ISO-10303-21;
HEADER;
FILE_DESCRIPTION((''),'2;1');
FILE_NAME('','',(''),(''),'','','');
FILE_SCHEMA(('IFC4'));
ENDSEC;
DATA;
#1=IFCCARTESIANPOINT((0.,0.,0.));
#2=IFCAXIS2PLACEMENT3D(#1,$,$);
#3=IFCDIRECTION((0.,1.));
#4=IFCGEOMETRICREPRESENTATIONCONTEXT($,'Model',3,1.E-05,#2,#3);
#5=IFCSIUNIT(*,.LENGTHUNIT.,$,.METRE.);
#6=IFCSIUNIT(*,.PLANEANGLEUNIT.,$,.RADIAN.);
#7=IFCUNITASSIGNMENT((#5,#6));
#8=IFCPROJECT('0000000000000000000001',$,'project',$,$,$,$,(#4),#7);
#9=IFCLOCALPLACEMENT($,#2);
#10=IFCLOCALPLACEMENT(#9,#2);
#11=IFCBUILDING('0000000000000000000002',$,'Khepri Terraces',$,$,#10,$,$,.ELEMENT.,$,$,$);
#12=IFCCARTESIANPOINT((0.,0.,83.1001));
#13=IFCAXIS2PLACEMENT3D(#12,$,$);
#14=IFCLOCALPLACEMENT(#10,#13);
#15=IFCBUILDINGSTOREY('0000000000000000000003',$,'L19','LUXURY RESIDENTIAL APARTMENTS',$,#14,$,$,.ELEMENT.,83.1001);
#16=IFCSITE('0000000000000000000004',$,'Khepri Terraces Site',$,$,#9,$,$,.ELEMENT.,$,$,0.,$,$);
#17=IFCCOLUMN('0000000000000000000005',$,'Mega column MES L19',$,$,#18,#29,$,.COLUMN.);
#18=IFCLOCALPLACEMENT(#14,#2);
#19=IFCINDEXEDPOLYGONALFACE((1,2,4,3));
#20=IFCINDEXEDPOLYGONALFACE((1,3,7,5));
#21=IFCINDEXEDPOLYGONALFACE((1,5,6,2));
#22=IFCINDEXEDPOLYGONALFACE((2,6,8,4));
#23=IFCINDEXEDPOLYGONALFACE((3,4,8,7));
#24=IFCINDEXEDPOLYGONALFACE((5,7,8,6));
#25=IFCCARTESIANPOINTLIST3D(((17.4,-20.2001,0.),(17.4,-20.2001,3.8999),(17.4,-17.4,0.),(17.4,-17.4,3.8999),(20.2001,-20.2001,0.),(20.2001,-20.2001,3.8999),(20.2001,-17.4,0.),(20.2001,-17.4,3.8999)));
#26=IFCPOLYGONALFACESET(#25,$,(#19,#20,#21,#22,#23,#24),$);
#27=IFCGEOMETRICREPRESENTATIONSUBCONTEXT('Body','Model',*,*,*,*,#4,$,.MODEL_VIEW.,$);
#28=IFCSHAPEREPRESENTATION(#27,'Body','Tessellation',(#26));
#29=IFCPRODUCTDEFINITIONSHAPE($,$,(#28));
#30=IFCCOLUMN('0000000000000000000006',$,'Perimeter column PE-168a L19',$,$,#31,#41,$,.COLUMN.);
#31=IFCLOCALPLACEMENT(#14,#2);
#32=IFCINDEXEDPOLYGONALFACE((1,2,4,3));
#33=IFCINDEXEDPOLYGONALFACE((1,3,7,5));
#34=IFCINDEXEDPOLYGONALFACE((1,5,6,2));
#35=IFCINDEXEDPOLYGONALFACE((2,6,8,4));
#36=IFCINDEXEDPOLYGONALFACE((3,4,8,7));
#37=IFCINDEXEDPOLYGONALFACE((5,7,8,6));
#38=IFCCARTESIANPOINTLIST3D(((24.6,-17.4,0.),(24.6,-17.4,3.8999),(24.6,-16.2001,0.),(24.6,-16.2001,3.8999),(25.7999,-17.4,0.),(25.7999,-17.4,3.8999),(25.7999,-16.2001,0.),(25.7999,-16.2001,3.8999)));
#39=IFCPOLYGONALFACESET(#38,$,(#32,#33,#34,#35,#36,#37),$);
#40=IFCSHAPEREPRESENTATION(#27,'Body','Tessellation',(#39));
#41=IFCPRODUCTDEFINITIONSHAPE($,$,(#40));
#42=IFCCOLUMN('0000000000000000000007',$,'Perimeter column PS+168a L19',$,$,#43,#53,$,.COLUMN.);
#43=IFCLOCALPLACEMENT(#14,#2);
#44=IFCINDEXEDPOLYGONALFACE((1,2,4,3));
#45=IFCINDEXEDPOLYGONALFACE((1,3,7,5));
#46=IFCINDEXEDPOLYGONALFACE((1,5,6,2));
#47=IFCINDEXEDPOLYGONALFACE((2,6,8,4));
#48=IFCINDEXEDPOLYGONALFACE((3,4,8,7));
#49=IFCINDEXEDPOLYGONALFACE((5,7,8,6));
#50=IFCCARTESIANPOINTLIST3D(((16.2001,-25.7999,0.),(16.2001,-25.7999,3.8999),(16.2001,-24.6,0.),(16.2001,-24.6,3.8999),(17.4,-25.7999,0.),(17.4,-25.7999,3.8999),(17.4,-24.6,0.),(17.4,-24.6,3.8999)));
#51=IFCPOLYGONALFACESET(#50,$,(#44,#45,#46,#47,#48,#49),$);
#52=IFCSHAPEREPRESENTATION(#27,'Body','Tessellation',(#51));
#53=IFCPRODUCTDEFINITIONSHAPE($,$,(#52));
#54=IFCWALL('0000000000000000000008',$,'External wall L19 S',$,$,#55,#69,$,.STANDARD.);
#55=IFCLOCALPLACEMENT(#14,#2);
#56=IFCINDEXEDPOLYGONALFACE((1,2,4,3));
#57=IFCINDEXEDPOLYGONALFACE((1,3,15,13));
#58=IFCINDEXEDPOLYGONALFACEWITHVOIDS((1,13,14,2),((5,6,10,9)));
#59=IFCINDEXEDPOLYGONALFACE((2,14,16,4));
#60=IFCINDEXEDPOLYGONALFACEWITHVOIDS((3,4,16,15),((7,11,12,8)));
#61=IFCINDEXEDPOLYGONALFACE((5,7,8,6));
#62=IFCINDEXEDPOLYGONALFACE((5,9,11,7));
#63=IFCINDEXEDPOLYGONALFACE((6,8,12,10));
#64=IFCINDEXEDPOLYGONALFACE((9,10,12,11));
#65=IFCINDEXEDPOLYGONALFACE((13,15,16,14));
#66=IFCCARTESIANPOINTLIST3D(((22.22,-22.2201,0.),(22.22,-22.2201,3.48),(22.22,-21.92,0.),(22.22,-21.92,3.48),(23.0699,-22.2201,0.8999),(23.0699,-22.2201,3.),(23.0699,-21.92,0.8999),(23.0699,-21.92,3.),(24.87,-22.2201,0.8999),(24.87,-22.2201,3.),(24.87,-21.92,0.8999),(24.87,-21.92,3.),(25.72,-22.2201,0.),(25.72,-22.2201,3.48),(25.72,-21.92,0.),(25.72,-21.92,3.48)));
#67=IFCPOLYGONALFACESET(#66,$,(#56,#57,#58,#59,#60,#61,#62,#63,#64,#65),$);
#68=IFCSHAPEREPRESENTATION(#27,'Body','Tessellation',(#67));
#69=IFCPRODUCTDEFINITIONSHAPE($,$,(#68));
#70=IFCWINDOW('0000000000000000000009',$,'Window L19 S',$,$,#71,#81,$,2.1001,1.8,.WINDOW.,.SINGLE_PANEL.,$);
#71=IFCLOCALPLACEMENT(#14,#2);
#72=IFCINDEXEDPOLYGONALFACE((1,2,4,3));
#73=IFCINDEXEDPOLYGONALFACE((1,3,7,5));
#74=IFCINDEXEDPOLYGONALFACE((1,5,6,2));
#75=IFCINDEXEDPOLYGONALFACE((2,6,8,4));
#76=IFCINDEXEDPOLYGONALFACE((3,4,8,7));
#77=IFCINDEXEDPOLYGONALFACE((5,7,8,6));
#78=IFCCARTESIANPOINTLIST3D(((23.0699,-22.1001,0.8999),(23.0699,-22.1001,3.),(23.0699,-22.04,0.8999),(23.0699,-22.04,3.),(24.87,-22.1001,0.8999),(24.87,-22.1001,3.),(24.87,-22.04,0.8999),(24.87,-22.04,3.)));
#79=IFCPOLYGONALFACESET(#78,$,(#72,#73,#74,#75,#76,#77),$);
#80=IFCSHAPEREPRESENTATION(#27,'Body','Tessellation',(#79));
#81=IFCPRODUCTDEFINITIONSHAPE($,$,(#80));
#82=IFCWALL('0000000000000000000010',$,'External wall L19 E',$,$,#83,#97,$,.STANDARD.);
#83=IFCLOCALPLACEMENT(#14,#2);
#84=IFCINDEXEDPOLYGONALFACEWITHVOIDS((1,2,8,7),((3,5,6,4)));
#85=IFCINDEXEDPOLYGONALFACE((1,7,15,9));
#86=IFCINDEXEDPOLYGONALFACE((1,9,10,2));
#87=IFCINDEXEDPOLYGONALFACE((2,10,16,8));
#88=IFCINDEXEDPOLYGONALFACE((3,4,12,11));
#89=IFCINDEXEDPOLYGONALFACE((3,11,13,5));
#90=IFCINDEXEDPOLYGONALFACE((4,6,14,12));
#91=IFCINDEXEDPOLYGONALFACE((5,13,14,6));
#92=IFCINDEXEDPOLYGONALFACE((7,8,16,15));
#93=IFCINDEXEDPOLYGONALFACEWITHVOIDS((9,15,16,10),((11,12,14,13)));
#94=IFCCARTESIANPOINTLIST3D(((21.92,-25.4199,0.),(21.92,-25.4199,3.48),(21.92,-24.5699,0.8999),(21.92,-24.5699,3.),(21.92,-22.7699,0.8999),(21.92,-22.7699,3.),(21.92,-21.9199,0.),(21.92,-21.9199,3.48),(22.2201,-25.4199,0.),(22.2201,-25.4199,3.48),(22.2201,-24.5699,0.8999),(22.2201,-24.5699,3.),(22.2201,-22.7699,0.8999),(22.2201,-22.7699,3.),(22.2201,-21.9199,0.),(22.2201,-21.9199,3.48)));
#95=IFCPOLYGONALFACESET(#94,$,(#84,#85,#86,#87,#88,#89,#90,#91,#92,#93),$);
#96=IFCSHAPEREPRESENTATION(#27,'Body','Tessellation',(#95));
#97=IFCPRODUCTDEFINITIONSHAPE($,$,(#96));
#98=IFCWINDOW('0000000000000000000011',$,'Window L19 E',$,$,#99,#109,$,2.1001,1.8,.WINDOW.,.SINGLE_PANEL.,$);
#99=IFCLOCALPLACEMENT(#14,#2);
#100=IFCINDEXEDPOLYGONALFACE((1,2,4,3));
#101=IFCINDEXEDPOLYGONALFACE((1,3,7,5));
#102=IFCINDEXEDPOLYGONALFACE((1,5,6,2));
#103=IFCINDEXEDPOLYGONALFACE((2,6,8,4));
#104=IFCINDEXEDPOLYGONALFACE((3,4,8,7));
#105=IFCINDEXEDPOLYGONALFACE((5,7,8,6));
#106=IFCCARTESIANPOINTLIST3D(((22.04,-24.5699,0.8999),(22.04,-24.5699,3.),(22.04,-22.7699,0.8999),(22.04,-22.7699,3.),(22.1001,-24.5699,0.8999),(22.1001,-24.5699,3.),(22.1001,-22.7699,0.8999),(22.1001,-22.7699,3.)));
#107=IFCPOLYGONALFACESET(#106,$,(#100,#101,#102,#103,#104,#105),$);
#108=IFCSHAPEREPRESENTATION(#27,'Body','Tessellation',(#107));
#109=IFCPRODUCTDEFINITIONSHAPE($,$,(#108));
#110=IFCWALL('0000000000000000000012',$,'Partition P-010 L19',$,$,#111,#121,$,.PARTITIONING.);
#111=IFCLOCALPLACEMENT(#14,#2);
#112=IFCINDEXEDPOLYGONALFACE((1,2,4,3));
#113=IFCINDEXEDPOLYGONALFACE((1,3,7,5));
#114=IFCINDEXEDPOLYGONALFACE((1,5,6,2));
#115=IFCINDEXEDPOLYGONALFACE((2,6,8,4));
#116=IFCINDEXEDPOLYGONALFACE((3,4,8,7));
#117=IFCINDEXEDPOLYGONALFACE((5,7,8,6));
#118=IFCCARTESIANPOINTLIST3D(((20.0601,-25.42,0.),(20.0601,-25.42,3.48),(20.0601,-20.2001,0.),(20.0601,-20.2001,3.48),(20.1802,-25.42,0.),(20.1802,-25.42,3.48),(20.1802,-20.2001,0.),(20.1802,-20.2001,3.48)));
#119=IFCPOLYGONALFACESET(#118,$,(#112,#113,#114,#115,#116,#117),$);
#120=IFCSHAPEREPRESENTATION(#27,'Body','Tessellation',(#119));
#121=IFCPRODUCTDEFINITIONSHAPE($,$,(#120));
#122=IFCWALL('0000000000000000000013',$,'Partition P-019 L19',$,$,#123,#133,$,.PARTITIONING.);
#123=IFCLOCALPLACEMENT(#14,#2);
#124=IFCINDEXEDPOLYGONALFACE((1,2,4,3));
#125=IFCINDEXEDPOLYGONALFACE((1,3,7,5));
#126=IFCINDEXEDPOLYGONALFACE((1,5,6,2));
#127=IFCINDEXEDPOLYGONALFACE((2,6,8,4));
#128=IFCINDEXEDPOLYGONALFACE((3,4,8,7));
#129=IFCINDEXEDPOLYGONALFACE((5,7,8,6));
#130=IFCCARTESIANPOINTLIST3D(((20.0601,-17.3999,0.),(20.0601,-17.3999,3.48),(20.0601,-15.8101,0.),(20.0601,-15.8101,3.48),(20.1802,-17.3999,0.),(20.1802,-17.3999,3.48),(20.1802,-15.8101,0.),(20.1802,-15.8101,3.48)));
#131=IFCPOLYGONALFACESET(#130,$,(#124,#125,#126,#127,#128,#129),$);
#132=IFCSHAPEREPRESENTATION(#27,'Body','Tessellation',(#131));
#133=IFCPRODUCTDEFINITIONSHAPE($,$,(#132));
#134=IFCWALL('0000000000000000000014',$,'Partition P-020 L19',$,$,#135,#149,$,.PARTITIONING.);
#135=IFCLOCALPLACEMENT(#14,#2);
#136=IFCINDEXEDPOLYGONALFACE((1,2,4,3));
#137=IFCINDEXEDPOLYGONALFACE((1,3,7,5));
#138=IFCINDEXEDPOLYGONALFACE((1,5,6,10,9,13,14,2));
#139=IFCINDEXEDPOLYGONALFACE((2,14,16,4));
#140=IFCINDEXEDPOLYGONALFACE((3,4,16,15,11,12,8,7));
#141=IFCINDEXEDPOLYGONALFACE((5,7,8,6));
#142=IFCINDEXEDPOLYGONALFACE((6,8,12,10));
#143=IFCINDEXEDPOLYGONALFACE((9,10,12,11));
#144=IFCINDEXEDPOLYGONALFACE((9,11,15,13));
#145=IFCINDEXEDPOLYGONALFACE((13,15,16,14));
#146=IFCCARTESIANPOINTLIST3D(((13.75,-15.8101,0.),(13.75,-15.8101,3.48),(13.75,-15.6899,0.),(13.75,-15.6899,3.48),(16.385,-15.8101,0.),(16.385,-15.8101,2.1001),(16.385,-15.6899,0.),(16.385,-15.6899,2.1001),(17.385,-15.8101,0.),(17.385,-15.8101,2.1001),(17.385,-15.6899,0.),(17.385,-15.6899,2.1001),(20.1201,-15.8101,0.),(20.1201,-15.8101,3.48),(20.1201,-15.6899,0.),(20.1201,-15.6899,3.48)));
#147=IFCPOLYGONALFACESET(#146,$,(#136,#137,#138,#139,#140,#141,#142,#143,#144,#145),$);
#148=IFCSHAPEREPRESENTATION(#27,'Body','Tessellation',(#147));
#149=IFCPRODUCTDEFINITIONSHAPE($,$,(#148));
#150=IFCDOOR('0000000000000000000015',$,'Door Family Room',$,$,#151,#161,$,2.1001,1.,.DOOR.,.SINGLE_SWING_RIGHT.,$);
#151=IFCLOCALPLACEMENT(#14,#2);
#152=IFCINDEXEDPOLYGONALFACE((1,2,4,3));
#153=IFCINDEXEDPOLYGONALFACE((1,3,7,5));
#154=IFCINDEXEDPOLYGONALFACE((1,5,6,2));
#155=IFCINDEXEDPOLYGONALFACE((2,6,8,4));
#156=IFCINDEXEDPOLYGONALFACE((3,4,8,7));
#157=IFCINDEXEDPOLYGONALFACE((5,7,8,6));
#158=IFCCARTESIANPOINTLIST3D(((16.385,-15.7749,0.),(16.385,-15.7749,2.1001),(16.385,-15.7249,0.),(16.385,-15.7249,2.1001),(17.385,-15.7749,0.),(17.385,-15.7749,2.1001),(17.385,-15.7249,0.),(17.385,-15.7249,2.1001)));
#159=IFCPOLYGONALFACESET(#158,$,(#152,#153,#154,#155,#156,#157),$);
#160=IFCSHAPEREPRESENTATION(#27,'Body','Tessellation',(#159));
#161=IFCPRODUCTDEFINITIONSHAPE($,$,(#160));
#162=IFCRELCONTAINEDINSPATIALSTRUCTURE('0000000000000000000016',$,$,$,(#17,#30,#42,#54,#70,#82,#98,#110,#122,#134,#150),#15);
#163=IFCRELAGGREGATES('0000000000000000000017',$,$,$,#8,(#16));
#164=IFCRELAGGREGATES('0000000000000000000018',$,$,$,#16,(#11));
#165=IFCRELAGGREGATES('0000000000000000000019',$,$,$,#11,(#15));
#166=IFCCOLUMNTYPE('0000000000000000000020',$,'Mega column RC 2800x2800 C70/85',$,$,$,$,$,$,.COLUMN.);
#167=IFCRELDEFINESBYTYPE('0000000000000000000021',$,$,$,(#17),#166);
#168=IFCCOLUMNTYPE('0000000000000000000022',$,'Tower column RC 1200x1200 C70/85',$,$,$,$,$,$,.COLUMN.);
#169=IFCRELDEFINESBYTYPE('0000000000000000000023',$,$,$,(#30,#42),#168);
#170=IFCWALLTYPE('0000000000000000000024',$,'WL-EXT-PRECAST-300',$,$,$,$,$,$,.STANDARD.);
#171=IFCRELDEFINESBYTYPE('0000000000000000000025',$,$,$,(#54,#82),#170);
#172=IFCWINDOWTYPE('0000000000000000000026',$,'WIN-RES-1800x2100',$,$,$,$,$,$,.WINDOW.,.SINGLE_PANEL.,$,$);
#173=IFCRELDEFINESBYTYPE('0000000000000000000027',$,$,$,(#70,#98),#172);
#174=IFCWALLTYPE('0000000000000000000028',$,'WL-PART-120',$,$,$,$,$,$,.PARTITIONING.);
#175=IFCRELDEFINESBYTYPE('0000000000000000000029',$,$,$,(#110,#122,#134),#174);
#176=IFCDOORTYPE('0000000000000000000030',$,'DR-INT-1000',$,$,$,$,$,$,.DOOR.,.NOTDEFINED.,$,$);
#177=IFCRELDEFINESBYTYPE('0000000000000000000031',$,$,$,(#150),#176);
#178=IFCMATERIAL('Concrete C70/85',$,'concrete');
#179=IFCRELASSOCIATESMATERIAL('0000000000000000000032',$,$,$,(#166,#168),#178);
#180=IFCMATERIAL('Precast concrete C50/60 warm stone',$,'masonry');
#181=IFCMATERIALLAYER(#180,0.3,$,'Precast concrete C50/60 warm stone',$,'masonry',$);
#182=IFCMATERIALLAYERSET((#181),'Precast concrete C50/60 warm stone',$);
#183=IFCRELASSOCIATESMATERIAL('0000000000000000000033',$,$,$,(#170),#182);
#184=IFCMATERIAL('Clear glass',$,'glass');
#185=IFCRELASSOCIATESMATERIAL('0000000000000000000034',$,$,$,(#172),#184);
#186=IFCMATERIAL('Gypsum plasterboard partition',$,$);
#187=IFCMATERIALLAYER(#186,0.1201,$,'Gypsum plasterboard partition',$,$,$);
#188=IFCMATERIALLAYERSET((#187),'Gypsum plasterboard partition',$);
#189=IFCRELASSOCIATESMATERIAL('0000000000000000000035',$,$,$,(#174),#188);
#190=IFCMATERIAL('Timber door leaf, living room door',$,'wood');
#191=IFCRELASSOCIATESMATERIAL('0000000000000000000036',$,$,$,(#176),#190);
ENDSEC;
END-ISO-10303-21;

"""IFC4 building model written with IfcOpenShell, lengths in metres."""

from ifc_helpers import new_model, si_unit, direction, frame, frame_2d, origin, origin_2d, place, context, subcontext, project, spatial, rectangle, extrude, material, layer, layer_set, material_profile, profile_set, type_object, element, fill, save


model = new_model("IFC4")

# Units and contexts
model_context = context("Model", 3, precision=1e-05, world=origin(), true_north=direction((0.0, 1.0)))
body_context = subcontext(model_context, "Body", "Model", "MODEL_VIEW")
ifc_project = project(units=[si_unit("LENGTHUNIT", "METRE"), si_unit("PLANEANGLEUNIT", "RADIAN")], contexts=[model_context])

# Site, building, storey
site_placement = place(None, origin())
site = spatial("IfcSite", under=ifc_project, at=site_placement, Name="Khepri Terraces Site", CompositionType="ELEMENT", RefElevation=0.0)
building_placement = place(site_placement, origin())
building = spatial("IfcBuilding", under=site, at=building_placement, Name="Khepri Terraces", CompositionType="ELEMENT")
storey_placement = place(building_placement, frame((0.0, 0.0, 83.1001)))
storey = spatial("IfcBuildingStorey", under=building, at=storey_placement, Name="L19", Description="LUXURY RESIDENTIAL APARTMENTS", CompositionType="ELEMENT", Elevation=83.1001)

# Columns
ifc_material_1 = material(Name="Concrete C70/85", Category="concrete")
ifc_material_profile_1 = material_profile(ifc_material_1, rectangle(XDim=2.8, YDim=2.8, at=origin_2d()), Name="Concrete C70/85", Category="concrete")
ifc_profile_set_1 = profile_set([ifc_material_profile_1], Name="Concrete C70/85")
column_type_1 = type_object("IfcColumnType", Name="Mega column RC 2800x2800 C70/85", PredefinedType="COLUMN", material=ifc_profile_set_1)
column_placement = place(storey_placement, frame((18.8, -18.8, 0.0), z_axis=(0.0, 0.0, 1.0), x_axis=(1.0, 0.0, 0.0)))
element("IfcColumn", 1, at=column_placement, inside=storey, type_object=column_type_1, Name="Mega column MES L19", PredefinedType="COLUMN", context=body_context, shape_type="SweptSolid", body=[
    extrude(rectangle(XDim=2.8, YDim=2.8, at=origin_2d()), origin(), (0.0, 0.0, 1.0), 3.8999),
])
ifc_material_profile_2 = material_profile(ifc_material_1, rectangle(XDim=1.2, YDim=1.2, at=origin_2d()), Name="Concrete C70/85", Category="concrete")
ifc_profile_set_2 = profile_set([ifc_material_profile_2], Name="Concrete C70/85")
column_type_2 = type_object("IfcColumnType", Name="Tower column RC 1200x1200 C70/85", PredefinedType="COLUMN", material=ifc_profile_set_2)
for number, where, z_axis, x_axis, name in (
    (2, (25.2, -16.8, 0.0), (0.0, 0.0, 1.0), (1.0, 0.0, 0.0), "Perimeter column PE-168a L19"),
    (3, (16.8, -25.2, 0.0), (0.0, 0.0, 1.0), (1.0, 0.0, 0.0), "Perimeter column PS+168a L19"),
):
    element("IfcColumn", number, at=place(storey_placement, frame(where, z_axis=z_axis, x_axis=x_axis)), inside=storey, type_object=column_type_2, Name=name, PredefinedType="COLUMN", context=body_context, shape_type="SweptSolid", body=[
        extrude(rectangle(XDim=1.2, YDim=1.2, at=origin_2d()), origin(), (0.0, 0.0, 1.0), 3.8999),
    ])

# Wall, opening, window
ifc_material_2 = material(Name="Precast concrete C50/60 warm stone", Category="masonry")
ifc_layer_1 = layer(ifc_material_2, 0.3, Name="Precast concrete C50/60 warm stone", Category="masonry")
ifc_layer_set_1 = layer_set([ifc_layer_1], Name="Precast concrete C50/60 warm stone")
wall_type_1 = type_object("IfcWallType", Name="WL-EXT-PRECAST-300", PredefinedType="STANDARD", material=ifc_layer_set_1)
wall_1_placement = place(storey_placement, frame((22.22, -22.0701, 0.0), z_axis=(0.0, 0.0, 1.0), x_axis=(1.0, 0.0, 0.0)))
wall_1 = element("IfcWall", 4, at=wall_1_placement, inside=storey, type_object=wall_type_1, Name="External wall L19 S", PredefinedType="STANDARD", context=body_context, shape_type="SweptSolid", body=[
    extrude(rectangle(XDim=3.5, YDim=0.3, at=frame_2d((1.75, 0.0))), origin(), (0.0, 0.0, 1.0), 3.48),
])
opening_1_placement = place(wall_1_placement, frame((0.8501, 0.0, 0.8999)))
opening_1 = element("IfcOpeningElement", 5, at=opening_1_placement, cuts=wall_1, PredefinedType="OPENING", context=body_context, shape_type="SweptSolid", body=[
    extrude(rectangle(XDim=1.8, YDim=2.1001, at=frame_2d((0.8999, 1.05))), frame((0.0, 0.1602, 0.0), z_axis=(0.0, -1.0, 0.0), x_axis=(1.0, 0.0, 0.0)), (0.0, 0.0, 1.0), 0.3201),
])
ifc_material_3 = material(Name="Clear glass", Category="glass")
window_type = type_object("IfcWindowType", Name="WIN-RES-1800x2100", PartitioningType="SINGLE_PANEL", PredefinedType="WINDOW", material=ifc_material_3)
window_1_placement = place(opening_1_placement, origin())
window_1 = element("IfcWindow", 6, at=window_1_placement, inside=storey, type_object=window_type, Name="Window L19 S", OverallHeight=2.1001, OverallWidth=1.8, PartitioningType="SINGLE_PANEL", PredefinedType="WINDOW", context=body_context, shape_type="SweptSolid", body=[
    extrude(rectangle(XDim=1.8, YDim=2.1001, at=frame_2d((0.8999, 1.05))), frame((0.0, 0.03, 0.0), z_axis=(0.0, -1.0, 0.0), x_axis=(1.0, 0.0, 0.0)), (0.0, 0.0, 1.0), 0.0601),
])
fill(opening_1, window_1)

# Wall, opening, window
wall_2_placement = place(storey_placement, frame((22.0701, -25.4199, 0.0), z_axis=(0.0, 0.0, 1.0), x_axis=(0.0, 1.0, 0.0)))
wall_2 = element("IfcWall", 7, at=wall_2_placement, inside=storey, type_object=wall_type_1, Name="External wall L19 E", PredefinedType="STANDARD", context=body_context, shape_type="SweptSolid", body=[
    extrude(rectangle(XDim=3.5, YDim=0.3, at=frame_2d((1.75, 0.0))), origin(), (0.0, 0.0, 1.0), 3.48),
])
opening_2_placement = place(wall_2_placement, frame((0.8501, 0.0, 0.8999)))
opening_2 = element("IfcOpeningElement", 8, at=opening_2_placement, cuts=wall_2, PredefinedType="OPENING", context=body_context, shape_type="SweptSolid", body=[
    extrude(rectangle(XDim=1.8, YDim=2.1001, at=frame_2d((0.8999, 1.05))), frame((0.0, 0.1602, 0.0), z_axis=(0.0, -1.0, 0.0), x_axis=(1.0, 0.0, 0.0)), (0.0, 0.0, 1.0), 0.3201),
])
window_2_placement = place(opening_2_placement, origin())
window_2 = element("IfcWindow", 9, at=window_2_placement, inside=storey, type_object=window_type, Name="Window L19 E", OverallHeight=2.1001, OverallWidth=1.8, PartitioningType="SINGLE_PANEL", PredefinedType="WINDOW", context=body_context, shape_type="SweptSolid", body=[
    extrude(rectangle(XDim=1.8, YDim=2.1001, at=frame_2d((0.8999, 1.05))), frame((0.0, 0.03, 0.0), z_axis=(0.0, -1.0, 0.0), x_axis=(1.0, 0.0, 0.0)), (0.0, 0.0, 1.0), 0.0601),
])
fill(opening_2, window_2)

# Walls
ifc_material_4 = material(Name="Gypsum plasterboard partition")
ifc_layer_2 = layer(ifc_material_4, 0.1201, Name="Gypsum plasterboard partition")
ifc_layer_set_2 = layer_set([ifc_layer_2], Name="Gypsum plasterboard partition")
wall_type_2 = type_object("IfcWallType", Name="WL-PART-120", PredefinedType="PARTITIONING", material=ifc_layer_set_2)
wall_3_placement = place(storey_placement, frame((20.1201, -25.4199, 0.0), z_axis=(0.0, 0.0, 1.0), x_axis=(0.0, 1.0, 0.0)))
element("IfcWall", 10, at=wall_3_placement, inside=storey, type_object=wall_type_2, Name="Partition P-010 L19", PredefinedType="PARTITIONING", context=body_context, shape_type="SweptSolid", body=[
    extrude(rectangle(XDim=5.22, YDim=0.1201, at=frame_2d((2.6099, 0.0))), origin(), (0.0, 0.0, 1.0), 3.48),
])
wall_4_placement = place(storey_placement, frame((20.1201, -17.3999, 0.0), z_axis=(0.0, 0.0, 1.0), x_axis=(0.0, 1.0, 0.0)))
element("IfcWall", 11, at=wall_4_placement, inside=storey, type_object=wall_type_2, Name="Partition P-019 L19", PredefinedType="PARTITIONING", context=body_context, shape_type="SweptSolid", body=[
    extrude(rectangle(XDim=1.5898, YDim=0.1201, at=frame_2d((0.7949, 0.0))), origin(), (0.0, 0.0, 1.0), 3.48),
])

# Wall, opening, door
wall_5_placement = place(storey_placement, frame((13.75, -15.75, 0.0), z_axis=(0.0, 0.0, 1.0), x_axis=(1.0, 0.0, 0.0)))
wall_5 = element("IfcWall", 12, at=wall_5_placement, inside=storey, type_object=wall_type_2, Name="Partition P-020 L19", PredefinedType="PARTITIONING", context=body_context, shape_type="SweptSolid", body=[
    extrude(rectangle(XDim=6.3701, YDim=0.1201, at=frame_2d((3.1851, 0.0))), origin(), (0.0, 0.0, 1.0), 3.48),
])
opening_3_placement = place(wall_5_placement, frame((2.635, 0.0, 0.0)))
opening_3 = element("IfcOpeningElement", 13, at=opening_3_placement, cuts=wall_5, PredefinedType="OPENING", context=body_context, shape_type="SweptSolid", body=[
    extrude(rectangle(XDim=1.0, YDim=2.1001, at=frame_2d((0.5, 1.05))), frame((0.0, 0.0701, 0.0), z_axis=(0.0, -1.0, 0.0), x_axis=(1.0, 0.0, 0.0)), (0.0, 0.0, 1.0), 0.1401),
])
ifc_material_5 = material(Name="Timber door leaf, living room door", Category="wood")
door_type_1 = type_object("IfcDoorType", Name="DR-INT-1000", OperationType="NOTDEFINED", PredefinedType="DOOR", material=ifc_material_5)
door_1_placement = place(opening_3_placement, frame((1.0, 0.0, 0.0), z_axis=(0.0, 0.0, 1.0), x_axis=(-1.0, 0.0, 0.0)))
door_1 = element("IfcDoor", 14, at=door_1_placement, inside=storey, type_object=door_type_1, Name="Door Family Room", OperationType="SINGLE_SWING_RIGHT", OverallHeight=2.1001, OverallWidth=1.0, PredefinedType="DOOR", context=body_context, shape_type="SweptSolid", body=[
    extrude(rectangle(XDim=1.0, YDim=2.1001, at=frame_2d((0.5, 1.05))), frame((0.0, 0.0249, 0.0), z_axis=(0.0, -1.0, 0.0), x_axis=(1.0, 0.0, 0.0)), (0.0, 0.0, 1.0), 0.05),
])
fill(opening_3, door_1)

save(model, "model.ifc")
